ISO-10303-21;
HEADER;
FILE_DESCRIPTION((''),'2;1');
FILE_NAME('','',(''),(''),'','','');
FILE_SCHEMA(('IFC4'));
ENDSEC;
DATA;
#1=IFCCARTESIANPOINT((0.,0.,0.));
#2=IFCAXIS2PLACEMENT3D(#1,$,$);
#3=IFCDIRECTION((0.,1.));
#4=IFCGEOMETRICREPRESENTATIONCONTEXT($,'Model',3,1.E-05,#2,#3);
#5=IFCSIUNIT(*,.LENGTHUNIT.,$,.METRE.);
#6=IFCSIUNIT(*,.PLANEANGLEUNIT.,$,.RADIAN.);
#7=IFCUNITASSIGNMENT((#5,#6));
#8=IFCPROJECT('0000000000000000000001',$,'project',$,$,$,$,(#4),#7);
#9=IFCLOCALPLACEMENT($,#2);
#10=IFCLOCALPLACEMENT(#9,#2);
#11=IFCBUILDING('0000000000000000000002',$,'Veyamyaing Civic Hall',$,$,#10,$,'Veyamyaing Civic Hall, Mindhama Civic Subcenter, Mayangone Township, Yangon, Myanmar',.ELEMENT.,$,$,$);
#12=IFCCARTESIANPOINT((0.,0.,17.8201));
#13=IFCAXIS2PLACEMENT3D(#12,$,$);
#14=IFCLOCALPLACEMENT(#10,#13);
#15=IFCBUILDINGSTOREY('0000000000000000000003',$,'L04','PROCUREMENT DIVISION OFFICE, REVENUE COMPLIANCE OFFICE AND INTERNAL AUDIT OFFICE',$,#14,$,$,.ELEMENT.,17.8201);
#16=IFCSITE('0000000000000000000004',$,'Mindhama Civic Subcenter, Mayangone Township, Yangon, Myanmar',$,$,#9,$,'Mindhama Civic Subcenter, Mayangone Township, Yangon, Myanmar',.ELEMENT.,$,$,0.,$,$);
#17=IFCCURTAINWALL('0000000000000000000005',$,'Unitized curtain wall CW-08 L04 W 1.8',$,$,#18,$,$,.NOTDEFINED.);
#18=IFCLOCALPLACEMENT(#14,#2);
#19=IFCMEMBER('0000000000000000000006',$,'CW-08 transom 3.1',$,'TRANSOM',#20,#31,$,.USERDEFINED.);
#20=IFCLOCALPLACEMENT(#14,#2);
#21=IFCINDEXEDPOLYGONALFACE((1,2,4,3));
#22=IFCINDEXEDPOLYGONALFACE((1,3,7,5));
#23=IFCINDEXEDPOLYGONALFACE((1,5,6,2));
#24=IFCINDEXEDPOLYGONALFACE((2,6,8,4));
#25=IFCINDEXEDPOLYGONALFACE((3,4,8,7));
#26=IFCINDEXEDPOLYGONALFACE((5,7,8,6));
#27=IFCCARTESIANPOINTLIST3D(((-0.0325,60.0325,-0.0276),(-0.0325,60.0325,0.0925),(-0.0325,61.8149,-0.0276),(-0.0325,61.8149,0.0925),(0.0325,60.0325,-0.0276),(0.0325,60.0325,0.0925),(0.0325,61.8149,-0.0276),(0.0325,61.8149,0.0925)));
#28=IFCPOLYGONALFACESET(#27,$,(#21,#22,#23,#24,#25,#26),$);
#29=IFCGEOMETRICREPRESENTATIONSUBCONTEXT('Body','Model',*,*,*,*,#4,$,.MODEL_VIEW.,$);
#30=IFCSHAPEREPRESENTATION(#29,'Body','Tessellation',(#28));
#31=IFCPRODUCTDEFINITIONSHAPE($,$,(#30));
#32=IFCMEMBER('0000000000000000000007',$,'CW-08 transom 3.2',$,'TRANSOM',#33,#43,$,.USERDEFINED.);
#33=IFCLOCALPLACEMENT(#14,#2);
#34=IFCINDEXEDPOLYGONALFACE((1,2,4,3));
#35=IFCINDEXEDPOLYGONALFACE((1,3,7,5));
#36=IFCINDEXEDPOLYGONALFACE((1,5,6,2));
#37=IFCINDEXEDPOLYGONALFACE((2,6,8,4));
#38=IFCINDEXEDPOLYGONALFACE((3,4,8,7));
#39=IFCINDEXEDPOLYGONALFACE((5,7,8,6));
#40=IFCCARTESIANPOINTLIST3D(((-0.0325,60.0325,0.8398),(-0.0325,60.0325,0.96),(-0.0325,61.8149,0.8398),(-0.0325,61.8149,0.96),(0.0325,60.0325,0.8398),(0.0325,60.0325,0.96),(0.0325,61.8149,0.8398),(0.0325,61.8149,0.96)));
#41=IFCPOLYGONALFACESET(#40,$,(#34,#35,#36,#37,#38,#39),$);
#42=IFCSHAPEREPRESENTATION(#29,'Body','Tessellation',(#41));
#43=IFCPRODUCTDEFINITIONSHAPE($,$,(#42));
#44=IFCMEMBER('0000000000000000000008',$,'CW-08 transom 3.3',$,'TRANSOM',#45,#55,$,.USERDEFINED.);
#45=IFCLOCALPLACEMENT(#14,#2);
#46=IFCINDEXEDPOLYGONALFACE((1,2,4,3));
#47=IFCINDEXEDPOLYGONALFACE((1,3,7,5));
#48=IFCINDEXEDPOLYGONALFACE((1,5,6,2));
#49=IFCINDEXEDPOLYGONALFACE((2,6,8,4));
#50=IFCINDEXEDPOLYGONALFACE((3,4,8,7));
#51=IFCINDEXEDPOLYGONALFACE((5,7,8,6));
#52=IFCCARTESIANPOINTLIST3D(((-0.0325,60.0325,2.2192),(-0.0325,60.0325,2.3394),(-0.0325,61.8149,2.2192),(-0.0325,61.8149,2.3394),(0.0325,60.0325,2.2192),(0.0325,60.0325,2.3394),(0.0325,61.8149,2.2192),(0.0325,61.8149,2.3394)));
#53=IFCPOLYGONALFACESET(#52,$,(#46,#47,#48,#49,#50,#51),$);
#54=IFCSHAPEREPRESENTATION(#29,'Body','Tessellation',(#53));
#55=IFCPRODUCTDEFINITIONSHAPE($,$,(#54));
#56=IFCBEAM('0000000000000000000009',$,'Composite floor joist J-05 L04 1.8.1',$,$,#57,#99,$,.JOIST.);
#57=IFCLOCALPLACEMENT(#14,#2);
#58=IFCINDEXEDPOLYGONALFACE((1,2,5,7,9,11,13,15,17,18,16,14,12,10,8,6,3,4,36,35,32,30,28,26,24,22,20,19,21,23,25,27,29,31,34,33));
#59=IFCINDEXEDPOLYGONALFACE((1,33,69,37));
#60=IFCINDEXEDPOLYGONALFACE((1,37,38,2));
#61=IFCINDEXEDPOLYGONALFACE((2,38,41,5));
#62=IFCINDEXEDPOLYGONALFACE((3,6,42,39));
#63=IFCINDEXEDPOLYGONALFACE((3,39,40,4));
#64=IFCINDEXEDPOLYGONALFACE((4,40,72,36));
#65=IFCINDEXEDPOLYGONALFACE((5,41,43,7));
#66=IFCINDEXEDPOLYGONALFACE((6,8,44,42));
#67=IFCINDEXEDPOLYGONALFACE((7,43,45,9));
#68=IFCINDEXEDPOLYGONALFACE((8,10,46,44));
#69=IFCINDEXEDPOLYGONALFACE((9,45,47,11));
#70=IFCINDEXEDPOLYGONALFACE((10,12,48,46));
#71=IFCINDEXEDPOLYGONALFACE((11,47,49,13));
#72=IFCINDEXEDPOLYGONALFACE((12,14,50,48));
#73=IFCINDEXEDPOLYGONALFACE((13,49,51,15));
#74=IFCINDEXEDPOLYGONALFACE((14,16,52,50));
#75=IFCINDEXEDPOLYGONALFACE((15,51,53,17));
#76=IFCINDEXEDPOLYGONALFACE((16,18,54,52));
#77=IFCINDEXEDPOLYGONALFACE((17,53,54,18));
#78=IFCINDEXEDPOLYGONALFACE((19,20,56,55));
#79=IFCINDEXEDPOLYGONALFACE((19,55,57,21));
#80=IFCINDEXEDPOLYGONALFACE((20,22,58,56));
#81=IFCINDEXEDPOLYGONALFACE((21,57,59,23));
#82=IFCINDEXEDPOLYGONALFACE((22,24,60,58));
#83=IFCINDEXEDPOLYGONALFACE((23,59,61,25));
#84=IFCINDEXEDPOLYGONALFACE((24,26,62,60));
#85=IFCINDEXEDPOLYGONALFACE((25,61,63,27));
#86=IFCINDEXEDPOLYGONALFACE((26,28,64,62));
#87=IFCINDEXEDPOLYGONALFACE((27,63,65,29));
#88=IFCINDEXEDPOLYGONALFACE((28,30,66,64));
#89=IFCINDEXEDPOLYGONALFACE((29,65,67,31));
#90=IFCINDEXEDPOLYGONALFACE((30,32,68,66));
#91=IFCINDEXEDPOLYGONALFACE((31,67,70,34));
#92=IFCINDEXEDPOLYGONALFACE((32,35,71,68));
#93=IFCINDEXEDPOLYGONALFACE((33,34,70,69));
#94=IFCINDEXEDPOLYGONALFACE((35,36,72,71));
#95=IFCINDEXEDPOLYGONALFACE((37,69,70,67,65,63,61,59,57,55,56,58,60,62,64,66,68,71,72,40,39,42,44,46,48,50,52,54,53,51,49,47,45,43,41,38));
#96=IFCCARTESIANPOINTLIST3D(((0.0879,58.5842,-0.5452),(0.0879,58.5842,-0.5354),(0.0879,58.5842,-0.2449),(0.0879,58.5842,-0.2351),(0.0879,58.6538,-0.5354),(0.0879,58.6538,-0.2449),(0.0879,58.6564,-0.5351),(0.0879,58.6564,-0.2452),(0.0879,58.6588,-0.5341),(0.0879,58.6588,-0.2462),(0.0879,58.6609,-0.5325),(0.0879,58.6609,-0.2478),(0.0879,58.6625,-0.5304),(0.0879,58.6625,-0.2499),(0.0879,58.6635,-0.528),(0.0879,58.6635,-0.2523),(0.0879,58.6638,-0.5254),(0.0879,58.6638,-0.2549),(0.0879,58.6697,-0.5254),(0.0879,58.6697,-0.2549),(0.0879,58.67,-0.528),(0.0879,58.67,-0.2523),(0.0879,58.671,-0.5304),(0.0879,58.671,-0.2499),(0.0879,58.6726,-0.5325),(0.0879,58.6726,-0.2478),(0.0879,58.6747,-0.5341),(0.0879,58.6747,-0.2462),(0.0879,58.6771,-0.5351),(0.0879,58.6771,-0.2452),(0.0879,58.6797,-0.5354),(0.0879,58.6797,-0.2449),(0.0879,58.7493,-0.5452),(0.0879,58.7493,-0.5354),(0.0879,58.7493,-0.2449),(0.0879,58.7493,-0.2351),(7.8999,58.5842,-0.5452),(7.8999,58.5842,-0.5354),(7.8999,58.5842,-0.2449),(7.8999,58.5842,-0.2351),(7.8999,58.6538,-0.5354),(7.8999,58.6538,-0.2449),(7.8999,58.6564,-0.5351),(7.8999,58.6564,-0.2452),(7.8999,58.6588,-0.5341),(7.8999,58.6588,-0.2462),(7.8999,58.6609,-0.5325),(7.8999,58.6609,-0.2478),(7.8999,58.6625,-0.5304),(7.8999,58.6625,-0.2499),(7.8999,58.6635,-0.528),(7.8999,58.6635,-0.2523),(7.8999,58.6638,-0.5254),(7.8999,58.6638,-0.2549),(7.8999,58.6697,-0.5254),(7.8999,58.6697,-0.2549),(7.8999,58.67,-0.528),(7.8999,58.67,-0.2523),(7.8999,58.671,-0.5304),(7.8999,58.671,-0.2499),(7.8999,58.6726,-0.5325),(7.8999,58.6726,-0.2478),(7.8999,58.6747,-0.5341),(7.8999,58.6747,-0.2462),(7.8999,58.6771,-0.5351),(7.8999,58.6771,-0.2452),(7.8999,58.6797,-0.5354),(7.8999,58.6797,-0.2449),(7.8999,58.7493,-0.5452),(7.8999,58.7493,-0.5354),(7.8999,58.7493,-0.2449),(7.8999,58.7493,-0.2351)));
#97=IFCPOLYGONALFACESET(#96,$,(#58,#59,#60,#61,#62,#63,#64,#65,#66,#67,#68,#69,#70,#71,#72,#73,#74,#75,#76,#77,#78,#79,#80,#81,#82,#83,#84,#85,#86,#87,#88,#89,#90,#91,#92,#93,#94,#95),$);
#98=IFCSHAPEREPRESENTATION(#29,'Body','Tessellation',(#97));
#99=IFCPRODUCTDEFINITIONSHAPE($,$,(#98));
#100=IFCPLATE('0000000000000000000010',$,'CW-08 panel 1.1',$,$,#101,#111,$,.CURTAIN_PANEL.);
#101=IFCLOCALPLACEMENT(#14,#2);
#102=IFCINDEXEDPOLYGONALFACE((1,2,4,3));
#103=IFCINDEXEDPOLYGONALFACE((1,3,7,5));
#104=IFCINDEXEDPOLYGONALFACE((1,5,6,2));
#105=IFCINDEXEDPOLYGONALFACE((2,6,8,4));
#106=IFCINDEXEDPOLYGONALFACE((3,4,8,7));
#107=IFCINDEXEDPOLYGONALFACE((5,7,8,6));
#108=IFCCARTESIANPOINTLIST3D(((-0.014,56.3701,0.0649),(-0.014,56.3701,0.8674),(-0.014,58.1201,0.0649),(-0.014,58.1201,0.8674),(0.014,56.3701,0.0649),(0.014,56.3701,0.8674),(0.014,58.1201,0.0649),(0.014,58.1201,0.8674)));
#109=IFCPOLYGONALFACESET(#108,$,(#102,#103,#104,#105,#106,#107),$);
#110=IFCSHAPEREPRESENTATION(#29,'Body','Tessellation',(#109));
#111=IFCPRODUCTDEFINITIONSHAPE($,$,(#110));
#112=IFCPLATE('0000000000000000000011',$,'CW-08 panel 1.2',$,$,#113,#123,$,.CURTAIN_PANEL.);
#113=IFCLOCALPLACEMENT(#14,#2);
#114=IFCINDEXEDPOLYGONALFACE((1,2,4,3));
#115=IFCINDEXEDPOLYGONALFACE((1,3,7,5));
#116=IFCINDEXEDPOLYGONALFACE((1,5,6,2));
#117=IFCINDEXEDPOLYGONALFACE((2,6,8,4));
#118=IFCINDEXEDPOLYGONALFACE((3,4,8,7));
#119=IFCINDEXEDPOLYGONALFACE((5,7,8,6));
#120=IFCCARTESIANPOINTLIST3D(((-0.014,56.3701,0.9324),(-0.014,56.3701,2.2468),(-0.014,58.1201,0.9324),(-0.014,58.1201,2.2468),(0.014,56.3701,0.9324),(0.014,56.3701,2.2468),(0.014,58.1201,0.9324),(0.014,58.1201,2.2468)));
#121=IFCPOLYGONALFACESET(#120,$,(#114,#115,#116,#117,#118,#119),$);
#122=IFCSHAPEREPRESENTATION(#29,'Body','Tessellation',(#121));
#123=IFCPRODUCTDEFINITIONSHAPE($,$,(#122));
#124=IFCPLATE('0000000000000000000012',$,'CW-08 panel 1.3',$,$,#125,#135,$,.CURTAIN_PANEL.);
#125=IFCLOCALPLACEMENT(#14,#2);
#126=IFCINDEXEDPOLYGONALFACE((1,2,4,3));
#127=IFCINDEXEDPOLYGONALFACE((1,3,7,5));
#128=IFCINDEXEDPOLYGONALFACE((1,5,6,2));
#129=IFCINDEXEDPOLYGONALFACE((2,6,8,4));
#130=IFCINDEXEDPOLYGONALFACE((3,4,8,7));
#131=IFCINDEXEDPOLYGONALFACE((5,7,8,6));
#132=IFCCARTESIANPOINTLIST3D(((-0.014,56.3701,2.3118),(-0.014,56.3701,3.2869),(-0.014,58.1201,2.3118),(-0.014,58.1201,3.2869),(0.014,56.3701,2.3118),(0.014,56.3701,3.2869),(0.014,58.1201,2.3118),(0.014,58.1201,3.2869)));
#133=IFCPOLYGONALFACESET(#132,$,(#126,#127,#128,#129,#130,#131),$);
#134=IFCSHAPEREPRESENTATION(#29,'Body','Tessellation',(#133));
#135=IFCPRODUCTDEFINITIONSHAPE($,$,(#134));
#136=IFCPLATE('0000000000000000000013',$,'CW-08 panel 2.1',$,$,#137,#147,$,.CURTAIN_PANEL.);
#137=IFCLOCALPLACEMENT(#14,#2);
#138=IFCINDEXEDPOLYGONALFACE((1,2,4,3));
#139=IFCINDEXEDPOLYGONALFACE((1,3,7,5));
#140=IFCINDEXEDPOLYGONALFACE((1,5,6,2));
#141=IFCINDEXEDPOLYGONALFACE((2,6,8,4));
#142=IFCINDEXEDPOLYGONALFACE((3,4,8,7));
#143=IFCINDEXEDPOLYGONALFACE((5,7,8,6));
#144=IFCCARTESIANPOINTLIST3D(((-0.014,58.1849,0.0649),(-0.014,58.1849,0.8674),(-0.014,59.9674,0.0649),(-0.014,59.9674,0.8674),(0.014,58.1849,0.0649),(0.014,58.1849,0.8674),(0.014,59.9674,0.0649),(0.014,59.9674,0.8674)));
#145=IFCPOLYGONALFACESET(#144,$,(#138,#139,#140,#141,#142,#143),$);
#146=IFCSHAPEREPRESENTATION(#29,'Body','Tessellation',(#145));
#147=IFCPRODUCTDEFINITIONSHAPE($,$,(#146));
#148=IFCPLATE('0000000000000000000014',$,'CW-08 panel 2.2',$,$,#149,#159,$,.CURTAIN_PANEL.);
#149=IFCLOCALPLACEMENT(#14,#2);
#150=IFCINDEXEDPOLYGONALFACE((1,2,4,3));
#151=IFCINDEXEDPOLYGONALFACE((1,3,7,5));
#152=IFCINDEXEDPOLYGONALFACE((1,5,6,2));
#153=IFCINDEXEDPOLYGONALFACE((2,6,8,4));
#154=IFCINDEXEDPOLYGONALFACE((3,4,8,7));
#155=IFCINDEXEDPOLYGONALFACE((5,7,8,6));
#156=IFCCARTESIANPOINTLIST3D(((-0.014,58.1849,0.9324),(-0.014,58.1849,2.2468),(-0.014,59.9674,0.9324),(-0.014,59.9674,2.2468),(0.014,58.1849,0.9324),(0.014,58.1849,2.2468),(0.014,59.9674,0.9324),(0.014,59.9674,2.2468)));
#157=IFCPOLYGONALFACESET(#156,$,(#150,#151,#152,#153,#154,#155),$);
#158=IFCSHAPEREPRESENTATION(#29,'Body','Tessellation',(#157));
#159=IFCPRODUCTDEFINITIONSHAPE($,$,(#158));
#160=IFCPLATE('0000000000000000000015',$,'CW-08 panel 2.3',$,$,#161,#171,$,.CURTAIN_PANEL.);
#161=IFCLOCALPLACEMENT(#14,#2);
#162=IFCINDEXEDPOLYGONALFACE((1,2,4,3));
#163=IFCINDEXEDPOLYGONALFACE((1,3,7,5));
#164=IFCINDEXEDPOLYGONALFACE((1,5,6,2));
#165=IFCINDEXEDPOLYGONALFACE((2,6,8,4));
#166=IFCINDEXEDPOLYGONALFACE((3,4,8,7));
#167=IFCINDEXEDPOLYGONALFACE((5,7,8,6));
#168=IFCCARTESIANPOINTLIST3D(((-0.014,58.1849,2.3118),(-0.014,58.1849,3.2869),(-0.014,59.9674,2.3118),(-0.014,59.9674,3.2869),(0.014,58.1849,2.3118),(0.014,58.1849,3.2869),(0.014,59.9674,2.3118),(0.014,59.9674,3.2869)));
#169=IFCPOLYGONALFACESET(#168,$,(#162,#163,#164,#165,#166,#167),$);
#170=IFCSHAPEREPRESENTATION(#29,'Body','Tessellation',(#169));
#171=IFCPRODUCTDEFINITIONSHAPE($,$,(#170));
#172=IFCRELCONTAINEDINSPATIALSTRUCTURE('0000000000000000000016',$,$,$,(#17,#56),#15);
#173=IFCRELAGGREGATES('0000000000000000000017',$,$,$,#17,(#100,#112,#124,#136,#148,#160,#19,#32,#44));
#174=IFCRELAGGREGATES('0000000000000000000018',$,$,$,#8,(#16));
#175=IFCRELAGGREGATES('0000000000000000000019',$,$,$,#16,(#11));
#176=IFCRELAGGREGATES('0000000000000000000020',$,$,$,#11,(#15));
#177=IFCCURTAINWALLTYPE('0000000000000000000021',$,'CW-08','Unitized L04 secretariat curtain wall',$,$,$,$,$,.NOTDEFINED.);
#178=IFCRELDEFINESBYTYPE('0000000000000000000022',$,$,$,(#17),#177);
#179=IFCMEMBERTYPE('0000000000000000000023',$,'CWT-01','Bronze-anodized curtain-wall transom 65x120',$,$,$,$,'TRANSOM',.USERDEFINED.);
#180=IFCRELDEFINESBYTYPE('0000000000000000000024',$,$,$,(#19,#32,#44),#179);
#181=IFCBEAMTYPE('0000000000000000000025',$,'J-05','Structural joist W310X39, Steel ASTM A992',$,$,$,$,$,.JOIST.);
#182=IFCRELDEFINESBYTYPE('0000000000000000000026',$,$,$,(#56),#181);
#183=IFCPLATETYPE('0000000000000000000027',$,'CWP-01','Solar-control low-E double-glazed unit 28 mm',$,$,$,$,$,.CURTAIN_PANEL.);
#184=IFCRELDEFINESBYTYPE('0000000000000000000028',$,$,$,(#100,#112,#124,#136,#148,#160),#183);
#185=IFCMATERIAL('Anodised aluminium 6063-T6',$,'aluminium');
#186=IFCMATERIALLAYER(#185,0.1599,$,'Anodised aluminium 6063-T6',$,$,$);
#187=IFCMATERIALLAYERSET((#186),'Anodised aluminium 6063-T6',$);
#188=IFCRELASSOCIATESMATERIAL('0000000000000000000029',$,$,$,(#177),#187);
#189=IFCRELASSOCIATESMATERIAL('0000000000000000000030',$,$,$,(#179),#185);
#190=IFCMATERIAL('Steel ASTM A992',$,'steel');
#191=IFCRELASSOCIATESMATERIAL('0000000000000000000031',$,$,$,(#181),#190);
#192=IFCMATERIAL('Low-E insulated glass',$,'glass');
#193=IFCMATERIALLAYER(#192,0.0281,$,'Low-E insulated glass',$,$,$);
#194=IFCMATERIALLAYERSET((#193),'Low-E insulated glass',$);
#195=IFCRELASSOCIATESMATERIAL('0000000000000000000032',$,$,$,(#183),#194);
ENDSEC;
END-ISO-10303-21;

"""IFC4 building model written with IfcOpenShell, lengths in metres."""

from ifc_helpers import new_model, si_unit, direction, frame, origin, origin_2d, place, context, subcontext, project, spatial, rectangle, i_section, extrude, material, layer, layer_set, material_profile, profile_set, type_object, element, aggregate, save


model = new_model("IFC4")

# Units and contexts
model_context = context("Model", 3, precision=1e-05, world=origin(), true_north=direction((0.0, 1.0)))
body_context = subcontext(model_context, "Body", "Model", "MODEL_VIEW")
ifc_project = project(units=[si_unit("LENGTHUNIT", "METRE"), si_unit("PLANEANGLEUNIT", "RADIAN")], contexts=[model_context])

# Site, building, storey
site_placement = place(None, origin())
site = spatial("IfcSite", under=ifc_project, at=site_placement, Name="Mindhama Civic Subcenter, Mayangone Township, Yangon, Myanmar", LongName="Mindhama Civic Subcenter, Mayangone Township, Yangon, Myanmar", CompositionType="ELEMENT", RefElevation=0.0)
building_placement = place(site_placement, origin())
building = spatial("IfcBuilding", under=site, at=building_placement, Name="Veyamyaing Civic Hall", LongName="Veyamyaing Civic Hall, Mindhama Civic Subcenter, Mayangone Township, Yangon, Myanmar", CompositionType="ELEMENT")
storey_placement = place(building_placement, frame((0.0, 0.0, 17.8201)))
storey = spatial("IfcBuildingStorey", under=building, at=storey_placement, Name="L04", Description="PROCUREMENT DIVISION OFFICE, REVENUE COMPLIANCE OFFICE AND INTERNAL AUDIT OFFICE", CompositionType="ELEMENT", Elevation=17.8201)

# Shared definitions
ifc_material_1 = material(Name="Steel ASTM A992", Category="steel")

# Curtain wall, members
ifc_material_2 = material(Name="Anodised aluminium 6063-T6", Category="aluminium")
ifc_layer_1 = layer(ifc_material_2, 0.1599, Name="Anodised aluminium 6063-T6")
ifc_layer_set_1 = layer_set([ifc_layer_1], Name="Anodised aluminium 6063-T6")
curtain_wall_type = type_object("IfcCurtainWallType", Name="CW-08", Description="Unitized L04 secretariat curtain wall", PredefinedType="NOTDEFINED", material=ifc_layer_set_1)
curtain_wall_placement = place(storey_placement, origin())
curtain_wall = element("IfcCurtainWall", 1, at=curtain_wall_placement, inside=storey, type_object=curtain_wall_type, Name="Unitized curtain wall CW-08 L04 W 1.8", PredefinedType="NOTDEFINED")
ifc_material_profile_1 = material_profile(ifc_material_2, rectangle(XDim=0.0649, YDim=0.1201, at=origin_2d()), Name="ALU-TRN-65X120")
ifc_profile_set_1 = profile_set([ifc_material_profile_1], Name="Anodised aluminium 6063-T6")
member_type_1 = type_object("IfcMemberType", Name="CWT-01", Description="Bronze-anodized curtain-wall transom 65x120", ElementType="TRANSOM", PredefinedType="USERDEFINED", material=ifc_profile_set_1)
member_1_placement = place(storey_placement, frame((0.0, 60.0325, 0.0325), z_axis=(0.0, 1.0, 0.0), x_axis=(-1.0, 0.0, 0.0)))
member_1 = element("IfcMember", 2, at=member_1_placement, type_object=member_type_1, Name="CW-08 transom 3.1", ObjectType="TRANSOM", PredefinedType="USERDEFINED", context=body_context, shape_type="SweptSolid", body=[
    extrude(rectangle(XDim=0.0649, YDim=0.1201, at=origin_2d()), origin(), (0.0, 0.0, 1.0), 1.7825),
])
member_2_placement = place(storey_placement, frame((0.0, 60.0325, 0.8999), z_axis=(0.0, 1.0, 0.0), x_axis=(-1.0, 0.0, 0.0)))
member_2 = element("IfcMember", 3, at=member_2_placement, type_object=member_type_1, Name="CW-08 transom 3.2", ObjectType="TRANSOM", PredefinedType="USERDEFINED", context=body_context, shape_type="SweptSolid", body=[
    extrude(rectangle(XDim=0.0649, YDim=0.1201, at=origin_2d()), origin(), (0.0, 0.0, 1.0), 1.7825),
])
member_3_placement = place(storey_placement, frame((0.0, 60.0325, 2.2793), z_axis=(0.0, 1.0, 0.0), x_axis=(-1.0, 0.0, 0.0)))
member_3 = element("IfcMember", 4, at=member_3_placement, type_object=member_type_1, Name="CW-08 transom 3.3", ObjectType="TRANSOM", PredefinedType="USERDEFINED", context=body_context, shape_type="SweptSolid", body=[
    extrude(rectangle(XDim=0.0649, YDim=0.1201, at=origin_2d()), origin(), (0.0, 0.0, 1.0), 1.7825),
])

# Beam
ifc_material_profile_2 = material_profile(ifc_material_1, i_section(OverallWidth=0.165, OverallDepth=0.3101, WebThickness=0.0059, FlangeThickness=0.0098, FilletRadius=0.01, at=origin_2d()), Name="W310X39")
ifc_profile_set_2 = profile_set([ifc_material_profile_2], Name="Steel ASTM A992")
beam_type_1 = type_object("IfcBeamType", Name="J-05", Description="Structural joist W310X39, Steel ASTM A992", PredefinedType="JOIST", material=ifc_profile_set_2)
beam_1_placement = place(storey_placement, frame((0.0879, 58.6667, -0.3901), z_axis=(1.0, 0.0, 0.0), x_axis=(0.0, 1.0, 0.0)))
element("IfcBeam", 5, at=beam_1_placement, inside=storey, type_object=beam_type_1, Name="Composite floor joist J-05 L04 1.8.1", PredefinedType="JOIST", context=body_context, shape_type="SweptSolid", body=[
    extrude(i_section(OverallWidth=0.165, OverallDepth=0.3101, WebThickness=0.0059, FlangeThickness=0.0098, FilletRadius=0.01, at=origin_2d()), origin(), (0.0, 0.0, 1.0), 7.812),
])

# Plates
ifc_material_3 = material(Name="Low-E insulated glass", Category="glass")
ifc_layer_2 = layer(ifc_material_3, 0.0281, Name="Low-E insulated glass")
ifc_layer_set_2 = layer_set([ifc_layer_2], Name="Low-E insulated glass")
plate_type = type_object("IfcPlateType", Name="CWP-01", Description="Solar-control low-E double-glazed unit 28 mm", PredefinedType="CURTAIN_PANEL", material=ifc_layer_set_2)
plate_1_placement = place(storey_placement, frame((0.0, 57.2451, 0.0649), z_axis=(0.0, 0.0, 1.0), x_axis=(0.0, 1.0, 0.0)))
plate_1 = element("IfcPlate", 6, at=plate_1_placement, type_object=plate_type, Name="CW-08 panel 1.1", PredefinedType="CURTAIN_PANEL", context=body_context, shape_type="SweptSolid", body=[
    extrude(rectangle(XDim=1.75, YDim=0.0281, at=origin_2d()), origin(), (0.0, 0.0, 1.0), 0.8025),
])
plate_2_placement = place(storey_placement, frame((0.0, 57.2451, 0.9324), z_axis=(0.0, 0.0, 1.0), x_axis=(0.0, 1.0, 0.0)))
plate_2 = element("IfcPlate", 7, at=plate_2_placement, type_object=plate_type, Name="CW-08 panel 1.2", PredefinedType="CURTAIN_PANEL", context=body_context, shape_type="SweptSolid", body=[
    extrude(rectangle(XDim=1.75, YDim=0.0281, at=origin_2d()), origin(), (0.0, 0.0, 1.0), 1.3145),
])
plate_3_placement = place(storey_placement, frame((0.0, 57.2451, 2.3118), z_axis=(0.0, 0.0, 1.0), x_axis=(0.0, 1.0, 0.0)))
plate_3 = element("IfcPlate", 8, at=plate_3_placement, type_object=plate_type, Name="CW-08 panel 1.3", PredefinedType="CURTAIN_PANEL", context=body_context, shape_type="SweptSolid", body=[
    extrude(rectangle(XDim=1.75, YDim=0.0281, at=origin_2d()), origin(), (0.0, 0.0, 1.0), 0.9751),
])
plate_4_placement = place(storey_placement, frame((0.0, 59.0762, 0.0649), z_axis=(0.0, 0.0, 1.0), x_axis=(0.0, 1.0, 0.0)))
plate_4 = element("IfcPlate", 9, at=plate_4_placement, type_object=plate_type, Name="CW-08 panel 2.1", PredefinedType="CURTAIN_PANEL", context=body_context, shape_type="SweptSolid", body=[
    extrude(rectangle(XDim=1.7825, YDim=0.0281, at=origin_2d()), origin(), (0.0, 0.0, 1.0), 0.8025),
])
plate_5_placement = place(storey_placement, frame((0.0, 59.0762, 0.9324), z_axis=(0.0, 0.0, 1.0), x_axis=(0.0, 1.0, 0.0)))
plate_5 = element("IfcPlate", 10, at=plate_5_placement, type_object=plate_type, Name="CW-08 panel 2.2", PredefinedType="CURTAIN_PANEL", context=body_context, shape_type="SweptSolid", body=[
    extrude(rectangle(XDim=1.7825, YDim=0.0281, at=origin_2d()), origin(), (0.0, 0.0, 1.0), 1.3145),
])
plate_6_placement = place(storey_placement, frame((0.0, 59.0762, 2.3118), z_axis=(0.0, 0.0, 1.0), x_axis=(0.0, 1.0, 0.0)))
plate_6 = element("IfcPlate", 11, at=plate_6_placement, type_object=plate_type, Name="CW-08 panel 2.3", PredefinedType="CURTAIN_PANEL", context=body_context, shape_type="SweptSolid", body=[
    extrude(rectangle(XDim=1.7825, YDim=0.0281, at=origin_2d()), origin(), (0.0, 0.0, 1.0), 0.9751),
])
aggregate(curtain_wall, [plate_1, plate_2, plate_3, plate_4, plate_5, plate_6, member_1, member_2, member_3])

save(model, "model.ifc")
